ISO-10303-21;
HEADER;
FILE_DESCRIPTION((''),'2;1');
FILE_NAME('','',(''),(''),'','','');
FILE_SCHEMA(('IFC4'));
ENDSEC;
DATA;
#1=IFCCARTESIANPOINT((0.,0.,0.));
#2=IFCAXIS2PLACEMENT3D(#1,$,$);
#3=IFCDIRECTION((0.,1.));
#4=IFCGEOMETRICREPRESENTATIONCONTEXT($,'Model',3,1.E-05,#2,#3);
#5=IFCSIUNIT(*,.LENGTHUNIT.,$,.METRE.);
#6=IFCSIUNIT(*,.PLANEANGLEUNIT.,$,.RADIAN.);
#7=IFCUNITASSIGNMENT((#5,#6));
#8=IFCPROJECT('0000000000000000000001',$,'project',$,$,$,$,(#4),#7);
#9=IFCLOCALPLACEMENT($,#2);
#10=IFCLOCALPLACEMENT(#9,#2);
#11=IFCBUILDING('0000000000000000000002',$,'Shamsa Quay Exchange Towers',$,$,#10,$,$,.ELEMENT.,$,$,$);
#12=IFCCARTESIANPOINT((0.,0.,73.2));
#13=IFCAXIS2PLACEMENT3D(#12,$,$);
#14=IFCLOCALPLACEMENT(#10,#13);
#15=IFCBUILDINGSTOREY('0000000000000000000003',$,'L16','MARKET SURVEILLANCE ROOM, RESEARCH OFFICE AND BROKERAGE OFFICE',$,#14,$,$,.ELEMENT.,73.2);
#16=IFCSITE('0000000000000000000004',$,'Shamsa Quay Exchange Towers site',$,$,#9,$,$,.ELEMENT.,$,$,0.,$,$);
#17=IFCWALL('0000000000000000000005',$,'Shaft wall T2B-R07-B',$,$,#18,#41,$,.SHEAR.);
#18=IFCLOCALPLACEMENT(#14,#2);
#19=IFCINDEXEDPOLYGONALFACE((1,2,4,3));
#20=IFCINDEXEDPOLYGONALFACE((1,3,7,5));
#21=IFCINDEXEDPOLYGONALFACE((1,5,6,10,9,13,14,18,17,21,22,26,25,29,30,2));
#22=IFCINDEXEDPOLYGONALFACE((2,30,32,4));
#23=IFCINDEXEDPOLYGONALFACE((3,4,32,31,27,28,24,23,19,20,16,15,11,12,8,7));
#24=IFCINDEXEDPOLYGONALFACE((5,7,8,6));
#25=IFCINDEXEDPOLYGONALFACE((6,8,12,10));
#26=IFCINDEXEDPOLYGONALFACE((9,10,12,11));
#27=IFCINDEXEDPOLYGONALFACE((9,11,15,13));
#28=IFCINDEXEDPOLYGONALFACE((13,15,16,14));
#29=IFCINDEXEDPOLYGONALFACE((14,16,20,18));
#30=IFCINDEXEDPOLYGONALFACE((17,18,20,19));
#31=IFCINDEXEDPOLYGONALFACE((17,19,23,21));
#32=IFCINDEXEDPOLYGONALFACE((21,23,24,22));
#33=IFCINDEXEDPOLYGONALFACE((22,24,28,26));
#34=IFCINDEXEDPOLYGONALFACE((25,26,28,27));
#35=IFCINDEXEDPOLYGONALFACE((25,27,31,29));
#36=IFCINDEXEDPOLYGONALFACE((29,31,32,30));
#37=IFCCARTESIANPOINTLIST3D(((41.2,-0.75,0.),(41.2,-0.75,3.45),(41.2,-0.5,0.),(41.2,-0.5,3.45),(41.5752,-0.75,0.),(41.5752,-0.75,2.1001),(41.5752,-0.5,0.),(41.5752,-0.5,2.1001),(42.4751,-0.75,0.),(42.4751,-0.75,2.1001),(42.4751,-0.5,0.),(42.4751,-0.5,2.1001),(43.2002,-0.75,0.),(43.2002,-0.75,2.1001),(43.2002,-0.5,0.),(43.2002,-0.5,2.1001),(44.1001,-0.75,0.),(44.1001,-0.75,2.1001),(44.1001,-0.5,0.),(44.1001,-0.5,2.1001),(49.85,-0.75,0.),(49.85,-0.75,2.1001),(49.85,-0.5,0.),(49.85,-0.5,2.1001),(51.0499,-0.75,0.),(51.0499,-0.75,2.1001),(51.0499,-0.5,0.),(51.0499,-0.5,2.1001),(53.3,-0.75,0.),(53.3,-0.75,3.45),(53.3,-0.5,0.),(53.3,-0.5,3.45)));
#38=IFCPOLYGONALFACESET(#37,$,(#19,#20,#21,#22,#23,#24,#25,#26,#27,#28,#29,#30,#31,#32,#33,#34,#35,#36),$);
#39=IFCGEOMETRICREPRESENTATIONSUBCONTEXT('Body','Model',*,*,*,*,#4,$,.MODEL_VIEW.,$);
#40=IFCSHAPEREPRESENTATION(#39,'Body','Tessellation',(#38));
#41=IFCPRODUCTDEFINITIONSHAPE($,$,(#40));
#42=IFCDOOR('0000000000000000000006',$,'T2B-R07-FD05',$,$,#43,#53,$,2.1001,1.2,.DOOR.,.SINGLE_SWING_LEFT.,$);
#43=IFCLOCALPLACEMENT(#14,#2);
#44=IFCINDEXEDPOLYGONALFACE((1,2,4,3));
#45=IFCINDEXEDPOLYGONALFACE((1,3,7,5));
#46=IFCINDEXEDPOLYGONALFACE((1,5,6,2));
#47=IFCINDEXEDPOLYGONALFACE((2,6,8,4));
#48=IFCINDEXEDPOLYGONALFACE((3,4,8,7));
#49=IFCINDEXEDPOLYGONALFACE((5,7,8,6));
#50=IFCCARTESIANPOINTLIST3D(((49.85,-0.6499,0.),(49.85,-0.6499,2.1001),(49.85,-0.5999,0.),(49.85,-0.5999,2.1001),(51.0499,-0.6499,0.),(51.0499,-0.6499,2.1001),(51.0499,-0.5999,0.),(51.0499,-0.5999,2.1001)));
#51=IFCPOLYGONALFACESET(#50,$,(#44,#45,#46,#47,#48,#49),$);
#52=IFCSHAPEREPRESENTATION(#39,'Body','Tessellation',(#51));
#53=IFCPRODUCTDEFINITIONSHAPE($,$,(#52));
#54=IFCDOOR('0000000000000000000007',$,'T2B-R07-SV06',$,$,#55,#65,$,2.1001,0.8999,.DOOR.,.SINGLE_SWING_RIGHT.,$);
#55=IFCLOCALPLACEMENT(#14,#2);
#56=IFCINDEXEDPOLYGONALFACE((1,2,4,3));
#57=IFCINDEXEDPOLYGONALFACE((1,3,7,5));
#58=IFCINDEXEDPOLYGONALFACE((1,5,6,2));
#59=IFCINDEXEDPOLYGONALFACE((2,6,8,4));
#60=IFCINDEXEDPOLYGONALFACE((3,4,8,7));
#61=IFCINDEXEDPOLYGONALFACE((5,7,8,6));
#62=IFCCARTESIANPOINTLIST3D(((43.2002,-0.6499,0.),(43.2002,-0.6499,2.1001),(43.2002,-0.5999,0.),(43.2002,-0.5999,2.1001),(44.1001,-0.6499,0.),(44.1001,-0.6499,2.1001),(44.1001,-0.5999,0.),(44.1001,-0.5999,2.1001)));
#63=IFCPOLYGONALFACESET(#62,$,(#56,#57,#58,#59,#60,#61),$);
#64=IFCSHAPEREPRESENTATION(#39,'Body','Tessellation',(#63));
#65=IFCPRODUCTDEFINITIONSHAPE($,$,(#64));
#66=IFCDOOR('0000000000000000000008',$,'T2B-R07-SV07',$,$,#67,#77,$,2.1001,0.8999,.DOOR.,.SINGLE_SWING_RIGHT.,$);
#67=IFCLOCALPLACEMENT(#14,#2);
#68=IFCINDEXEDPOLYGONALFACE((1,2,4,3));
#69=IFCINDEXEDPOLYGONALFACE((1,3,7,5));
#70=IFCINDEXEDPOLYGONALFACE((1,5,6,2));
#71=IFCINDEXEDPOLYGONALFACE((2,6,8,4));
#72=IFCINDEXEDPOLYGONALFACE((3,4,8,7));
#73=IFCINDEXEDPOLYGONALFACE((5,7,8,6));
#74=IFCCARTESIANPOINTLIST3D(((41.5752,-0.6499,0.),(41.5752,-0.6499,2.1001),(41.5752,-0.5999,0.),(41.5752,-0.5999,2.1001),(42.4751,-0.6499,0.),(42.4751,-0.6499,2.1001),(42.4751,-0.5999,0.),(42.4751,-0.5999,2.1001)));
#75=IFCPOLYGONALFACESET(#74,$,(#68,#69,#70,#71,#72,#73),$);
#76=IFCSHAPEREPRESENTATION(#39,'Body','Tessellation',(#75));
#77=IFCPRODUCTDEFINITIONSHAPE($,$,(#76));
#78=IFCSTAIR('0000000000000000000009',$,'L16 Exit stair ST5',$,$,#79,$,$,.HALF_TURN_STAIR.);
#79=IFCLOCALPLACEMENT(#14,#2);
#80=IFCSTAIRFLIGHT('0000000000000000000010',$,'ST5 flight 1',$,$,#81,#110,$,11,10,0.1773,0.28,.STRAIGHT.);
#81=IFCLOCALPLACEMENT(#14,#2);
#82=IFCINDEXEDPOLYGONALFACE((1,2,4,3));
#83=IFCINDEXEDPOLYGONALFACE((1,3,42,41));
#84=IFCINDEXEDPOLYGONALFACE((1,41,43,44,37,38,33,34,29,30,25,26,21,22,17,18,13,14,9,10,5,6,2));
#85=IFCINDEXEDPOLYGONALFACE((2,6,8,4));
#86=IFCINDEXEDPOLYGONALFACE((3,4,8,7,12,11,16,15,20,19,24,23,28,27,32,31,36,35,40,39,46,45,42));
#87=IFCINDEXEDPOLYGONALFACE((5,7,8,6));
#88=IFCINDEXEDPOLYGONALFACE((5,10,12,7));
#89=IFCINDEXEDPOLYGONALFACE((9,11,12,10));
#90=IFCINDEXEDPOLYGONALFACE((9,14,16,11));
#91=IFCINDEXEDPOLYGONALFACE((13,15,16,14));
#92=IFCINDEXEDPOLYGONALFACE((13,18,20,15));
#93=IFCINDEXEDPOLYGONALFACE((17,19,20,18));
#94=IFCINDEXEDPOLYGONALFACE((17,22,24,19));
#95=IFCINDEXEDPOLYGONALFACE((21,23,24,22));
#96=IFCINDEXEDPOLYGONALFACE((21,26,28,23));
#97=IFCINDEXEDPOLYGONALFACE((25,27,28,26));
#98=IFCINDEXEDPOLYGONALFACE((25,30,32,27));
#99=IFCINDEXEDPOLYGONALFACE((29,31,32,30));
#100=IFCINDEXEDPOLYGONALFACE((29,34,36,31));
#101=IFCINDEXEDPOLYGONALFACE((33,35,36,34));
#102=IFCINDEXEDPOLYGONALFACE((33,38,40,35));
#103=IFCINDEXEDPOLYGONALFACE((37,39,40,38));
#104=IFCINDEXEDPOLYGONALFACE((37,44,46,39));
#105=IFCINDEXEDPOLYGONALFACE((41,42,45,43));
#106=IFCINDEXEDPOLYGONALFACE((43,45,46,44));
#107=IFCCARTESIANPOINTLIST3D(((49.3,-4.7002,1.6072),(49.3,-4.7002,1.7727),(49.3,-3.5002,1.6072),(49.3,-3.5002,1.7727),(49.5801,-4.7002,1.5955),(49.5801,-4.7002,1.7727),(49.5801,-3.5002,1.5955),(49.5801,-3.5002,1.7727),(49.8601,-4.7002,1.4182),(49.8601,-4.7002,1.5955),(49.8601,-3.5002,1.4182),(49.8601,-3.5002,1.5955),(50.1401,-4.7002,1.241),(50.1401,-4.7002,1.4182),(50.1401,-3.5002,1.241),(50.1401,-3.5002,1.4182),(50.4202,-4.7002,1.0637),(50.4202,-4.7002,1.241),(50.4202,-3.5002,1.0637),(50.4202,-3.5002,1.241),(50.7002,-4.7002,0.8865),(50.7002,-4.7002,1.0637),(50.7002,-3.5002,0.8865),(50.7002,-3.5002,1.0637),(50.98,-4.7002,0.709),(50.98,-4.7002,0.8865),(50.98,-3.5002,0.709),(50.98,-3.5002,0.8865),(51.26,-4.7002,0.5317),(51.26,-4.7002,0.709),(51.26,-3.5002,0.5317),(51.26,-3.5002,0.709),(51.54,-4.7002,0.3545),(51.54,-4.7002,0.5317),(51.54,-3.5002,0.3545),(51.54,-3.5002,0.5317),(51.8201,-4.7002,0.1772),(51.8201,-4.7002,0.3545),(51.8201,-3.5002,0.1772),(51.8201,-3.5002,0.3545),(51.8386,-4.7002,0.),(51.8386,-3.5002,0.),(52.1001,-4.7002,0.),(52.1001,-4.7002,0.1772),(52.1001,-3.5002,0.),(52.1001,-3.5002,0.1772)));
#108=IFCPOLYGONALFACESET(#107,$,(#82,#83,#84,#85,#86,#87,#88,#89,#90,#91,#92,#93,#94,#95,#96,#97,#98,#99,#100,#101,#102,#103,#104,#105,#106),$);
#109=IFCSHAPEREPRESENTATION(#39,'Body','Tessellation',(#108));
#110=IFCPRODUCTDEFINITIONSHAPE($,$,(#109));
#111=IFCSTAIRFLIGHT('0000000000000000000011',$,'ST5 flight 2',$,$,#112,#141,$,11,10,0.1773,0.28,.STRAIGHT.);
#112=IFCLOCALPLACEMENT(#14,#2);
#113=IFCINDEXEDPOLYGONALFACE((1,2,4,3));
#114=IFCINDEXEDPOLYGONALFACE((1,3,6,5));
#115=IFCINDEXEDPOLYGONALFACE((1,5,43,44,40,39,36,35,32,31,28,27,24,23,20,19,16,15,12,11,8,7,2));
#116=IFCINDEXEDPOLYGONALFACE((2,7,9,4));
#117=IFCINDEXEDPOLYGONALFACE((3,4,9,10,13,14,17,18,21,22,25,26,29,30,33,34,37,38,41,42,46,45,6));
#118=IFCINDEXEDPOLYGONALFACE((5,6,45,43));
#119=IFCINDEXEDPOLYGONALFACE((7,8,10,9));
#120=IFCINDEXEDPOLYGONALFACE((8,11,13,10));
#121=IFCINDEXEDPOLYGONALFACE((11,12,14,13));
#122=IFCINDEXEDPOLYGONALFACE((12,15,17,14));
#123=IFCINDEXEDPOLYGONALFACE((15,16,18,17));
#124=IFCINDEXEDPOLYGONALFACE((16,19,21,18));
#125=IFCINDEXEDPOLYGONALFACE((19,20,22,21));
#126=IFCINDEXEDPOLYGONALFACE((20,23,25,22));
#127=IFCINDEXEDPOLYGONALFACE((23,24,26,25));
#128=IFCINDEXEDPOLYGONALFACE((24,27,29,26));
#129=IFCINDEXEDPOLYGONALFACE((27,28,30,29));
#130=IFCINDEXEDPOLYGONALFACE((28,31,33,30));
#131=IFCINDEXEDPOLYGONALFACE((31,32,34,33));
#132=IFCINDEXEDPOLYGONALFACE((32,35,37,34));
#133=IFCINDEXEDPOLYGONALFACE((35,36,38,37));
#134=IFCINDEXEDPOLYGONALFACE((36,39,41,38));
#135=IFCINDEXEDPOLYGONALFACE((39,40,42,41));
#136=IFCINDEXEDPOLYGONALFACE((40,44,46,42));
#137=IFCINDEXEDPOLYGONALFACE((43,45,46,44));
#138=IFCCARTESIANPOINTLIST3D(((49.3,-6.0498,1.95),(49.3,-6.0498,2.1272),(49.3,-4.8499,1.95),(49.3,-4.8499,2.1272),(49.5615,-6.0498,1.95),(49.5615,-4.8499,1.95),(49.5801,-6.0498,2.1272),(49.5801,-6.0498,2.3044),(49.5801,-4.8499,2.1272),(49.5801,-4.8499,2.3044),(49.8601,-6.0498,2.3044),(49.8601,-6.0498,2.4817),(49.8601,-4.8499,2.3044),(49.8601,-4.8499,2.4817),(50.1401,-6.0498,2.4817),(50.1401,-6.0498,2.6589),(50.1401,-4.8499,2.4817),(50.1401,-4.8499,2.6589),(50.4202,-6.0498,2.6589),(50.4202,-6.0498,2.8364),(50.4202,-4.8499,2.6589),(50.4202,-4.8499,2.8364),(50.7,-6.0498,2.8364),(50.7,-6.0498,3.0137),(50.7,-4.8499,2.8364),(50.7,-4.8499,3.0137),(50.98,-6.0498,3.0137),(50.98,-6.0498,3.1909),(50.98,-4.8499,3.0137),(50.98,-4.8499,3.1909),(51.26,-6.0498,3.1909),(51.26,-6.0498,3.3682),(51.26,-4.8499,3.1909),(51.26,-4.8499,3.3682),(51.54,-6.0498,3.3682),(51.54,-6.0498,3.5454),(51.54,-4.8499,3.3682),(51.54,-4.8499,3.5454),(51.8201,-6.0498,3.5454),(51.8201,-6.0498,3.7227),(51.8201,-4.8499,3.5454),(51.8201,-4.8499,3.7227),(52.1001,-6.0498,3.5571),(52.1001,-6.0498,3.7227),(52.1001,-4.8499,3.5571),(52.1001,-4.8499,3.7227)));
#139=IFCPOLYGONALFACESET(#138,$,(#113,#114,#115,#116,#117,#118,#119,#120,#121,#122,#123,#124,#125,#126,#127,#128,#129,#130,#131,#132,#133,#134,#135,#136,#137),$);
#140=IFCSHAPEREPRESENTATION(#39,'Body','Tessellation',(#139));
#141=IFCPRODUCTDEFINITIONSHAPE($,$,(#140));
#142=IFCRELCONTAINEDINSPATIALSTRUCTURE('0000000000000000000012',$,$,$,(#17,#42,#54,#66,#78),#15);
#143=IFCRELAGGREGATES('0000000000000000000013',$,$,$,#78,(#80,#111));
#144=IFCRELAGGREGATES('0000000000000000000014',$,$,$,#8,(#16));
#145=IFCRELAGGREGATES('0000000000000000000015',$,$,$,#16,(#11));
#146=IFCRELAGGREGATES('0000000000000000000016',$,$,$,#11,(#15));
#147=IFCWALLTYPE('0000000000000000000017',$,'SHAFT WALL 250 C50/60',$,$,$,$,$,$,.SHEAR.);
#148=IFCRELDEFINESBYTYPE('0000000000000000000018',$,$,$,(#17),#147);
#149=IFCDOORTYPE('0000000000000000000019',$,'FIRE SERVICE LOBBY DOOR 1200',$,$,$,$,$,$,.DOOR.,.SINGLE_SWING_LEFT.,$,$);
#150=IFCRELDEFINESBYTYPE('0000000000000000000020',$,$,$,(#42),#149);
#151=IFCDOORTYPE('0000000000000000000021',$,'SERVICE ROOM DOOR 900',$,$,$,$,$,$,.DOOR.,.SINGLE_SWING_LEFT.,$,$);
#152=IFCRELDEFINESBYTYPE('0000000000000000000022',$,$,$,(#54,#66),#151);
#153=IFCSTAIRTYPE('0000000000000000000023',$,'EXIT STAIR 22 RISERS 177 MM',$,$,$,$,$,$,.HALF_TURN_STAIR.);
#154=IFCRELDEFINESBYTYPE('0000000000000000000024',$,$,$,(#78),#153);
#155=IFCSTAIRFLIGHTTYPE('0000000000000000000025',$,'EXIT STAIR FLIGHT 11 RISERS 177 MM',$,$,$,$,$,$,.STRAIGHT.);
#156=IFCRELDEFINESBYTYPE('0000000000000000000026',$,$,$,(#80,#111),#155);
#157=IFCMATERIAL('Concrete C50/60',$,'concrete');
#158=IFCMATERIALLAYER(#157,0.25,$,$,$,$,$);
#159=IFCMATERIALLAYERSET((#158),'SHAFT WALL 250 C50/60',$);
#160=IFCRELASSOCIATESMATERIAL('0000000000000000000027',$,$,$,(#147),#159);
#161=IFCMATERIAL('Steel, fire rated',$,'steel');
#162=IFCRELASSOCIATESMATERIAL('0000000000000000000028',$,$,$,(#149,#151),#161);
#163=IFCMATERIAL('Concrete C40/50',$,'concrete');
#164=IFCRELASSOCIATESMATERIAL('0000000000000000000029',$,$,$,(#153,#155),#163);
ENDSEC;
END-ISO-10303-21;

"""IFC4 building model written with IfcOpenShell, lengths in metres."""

from ifc_helpers import new_model, si_unit, direction, frame, frame_2d, origin, place, context, subcontext, project, spatial, polyline, rectangle, outline, extrude, material, layer, layer_set, type_object, element, fill, aggregate, save


model = new_model("IFC4")

# Units and contexts
model_context = context("Model", 3, precision=1e-05, world=origin(), true_north=direction((0.0, 1.0)))
body_context = subcontext(model_context, "Body", "Model", "MODEL_VIEW")
ifc_project = project(units=[si_unit("LENGTHUNIT", "METRE"), si_unit("PLANEANGLEUNIT", "RADIAN")], contexts=[model_context])

# Site, building, storey
site_placement = place(None, origin())
site = spatial("IfcSite", under=ifc_project, at=site_placement, Name="Shamsa Quay Exchange Towers site", CompositionType="ELEMENT", RefElevation=0.0)
building_placement = place(site_placement, origin())
building = spatial("IfcBuilding", under=site, at=building_placement, Name="Shamsa Quay Exchange Towers", CompositionType="ELEMENT")
storey_placement = place(building_placement, frame((0.0, 0.0, 73.2)))
storey = spatial("IfcBuildingStorey", under=building, at=storey_placement, Name="L16", Description="MARKET SURVEILLANCE ROOM, RESEARCH OFFICE AND BROKERAGE OFFICE", CompositionType="ELEMENT", Elevation=73.2)

# Shared definitions
ifc_material_1 = material(Name="Steel, fire rated", Category="steel")
ifc_material_2 = material(Name="Concrete C50/60", Category="concrete")
ifc_layer_1 = layer(ifc_material_2, 0.25)
ifc_layer_set_1 = layer_set([ifc_layer_1], Name="SHAFT WALL 250 C50/60")
wall_type_1 = type_object("IfcWallType", Name="SHAFT WALL 250 C50/60", PredefinedType="SHEAR", material=ifc_layer_set_1)

# Wall, openings, doors
wall_1_placement = place(storey_placement, frame((53.3, -0.625, 0.0), z_axis=(0.0, 0.0, 1.0), x_axis=(-1.0, 0.0, 0.0)))
wall_1 = element("IfcWall", 1, at=wall_1_placement, inside=storey, type_object=wall_type_1, Name="Shaft wall T2B-R07-B", PredefinedType="SHEAR", context=body_context, shape_type="SweptSolid", body=[
    extrude(rectangle(XDim=12.1001, YDim=0.25, at=frame_2d((6.05, 0.0))), origin(), (0.0, 0.0, 1.0), 3.45),
])
opening_1_placement = place(wall_1_placement, frame((2.25, 0.0, 0.0)))
opening_1 = element("IfcOpeningElement", 2, at=opening_1_placement, cuts=wall_1, PredefinedType="OPENING", context=body_context, shape_type="SweptSolid", body=[
    extrude(rectangle(XDim=1.2, YDim=2.1001, at=frame_2d((0.6001, 1.05))), frame((0.0, 0.135, 0.0), z_axis=(0.0, -1.0, 0.0), x_axis=(1.0, 0.0, 0.0)), (0.0, 0.0, 1.0), 0.27),
])
opening_2_placement = place(wall_1_placement, frame((9.2, 0.0, 0.0)))
opening_2 = element("IfcOpeningElement", 3, at=opening_2_placement, cuts=wall_1, PredefinedType="OPENING", context=body_context, shape_type="SweptSolid", body=[
    extrude(rectangle(XDim=0.8999, YDim=2.1001, at=frame_2d((0.45, 1.05))), frame((0.0, 0.135, 0.0), z_axis=(0.0, -1.0, 0.0), x_axis=(1.0, 0.0, 0.0)), (0.0, 0.0, 1.0), 0.27),
])
opening_3_placement = place(wall_1_placement, frame((10.825, 0.0, 0.0)))
opening_3 = element("IfcOpeningElement", 4, at=opening_3_placement, cuts=wall_1, PredefinedType="OPENING", context=body_context, shape_type="SweptSolid", body=[
    extrude(rectangle(XDim=0.8999, YDim=2.1001, at=frame_2d((0.45, 1.05))), frame((0.0, 0.135, 0.0), z_axis=(0.0, -1.0, 0.0), x_axis=(1.0, 0.0, 0.0)), (0.0, 0.0, 1.0), 0.27),
])
door_type_1 = type_object("IfcDoorType", Name="FIRE SERVICE LOBBY DOOR 1200", OperationType="SINGLE_SWING_LEFT", PredefinedType="DOOR", material=ifc_material_1)
door_1_placement = place(opening_1_placement, origin())
door_1 = element("IfcDoor", 5, at=door_1_placement, inside=storey, type_object=door_type_1, Name="T2B-R07-FD05", OperationType="SINGLE_SWING_LEFT", OverallHeight=2.1001, OverallWidth=1.2, PredefinedType="DOOR", context=body_context, shape_type="SweptSolid", body=[
    extrude(rectangle(XDim=1.2, YDim=2.1001, at=frame_2d((0.6001, 1.05))), frame((0.0, 0.0249, 0.0), z_axis=(0.0, -1.0, 0.0), x_axis=(1.0, 0.0, 0.0)), (0.0, 0.0, 1.0), 0.05),
])
fill(opening_1, door_1)
door_type_2 = type_object("IfcDoorType", Name="SERVICE ROOM DOOR 900", OperationType="SINGLE_SWING_LEFT", PredefinedType="DOOR", material=ifc_material_1)
door_2_placement = place(opening_2_placement, origin())
door_2 = element("IfcDoor", 6, at=door_2_placement, inside=storey, type_object=door_type_2, Name="T2B-R07-SV06", OperationType="SINGLE_SWING_RIGHT", OverallHeight=2.1001, OverallWidth=0.8999, PredefinedType="DOOR", context=body_context, shape_type="SweptSolid", body=[
    extrude(rectangle(XDim=0.8999, YDim=2.1001, at=frame_2d((0.45, 1.05))), frame((0.0, 0.0249, 0.0), z_axis=(0.0, -1.0, 0.0), x_axis=(1.0, 0.0, 0.0)), (0.0, 0.0, 1.0), 0.05),
])
fill(opening_2, door_2)
door_3_placement = place(opening_3_placement, origin())
door_3 = element("IfcDoor", 7, at=door_3_placement, inside=storey, type_object=door_type_2, Name="T2B-R07-SV07", OperationType="SINGLE_SWING_RIGHT", OverallHeight=2.1001, OverallWidth=0.8999, PredefinedType="DOOR", context=body_context, shape_type="SweptSolid", body=[
    extrude(rectangle(XDim=0.8999, YDim=2.1001, at=frame_2d((0.45, 1.05))), frame((0.0, 0.0249, 0.0), z_axis=(0.0, -1.0, 0.0), x_axis=(1.0, 0.0, 0.0)), (0.0, 0.0, 1.0), 0.05),
])
fill(opening_3, door_3)

# Stair, stair flights
ifc_material_3 = material(Name="Concrete C40/50", Category="concrete")
stair_type = type_object("IfcStairType", Name="EXIT STAIR 22 RISERS 177 MM", PredefinedType="HALF_TURN_STAIR", material=ifc_material_3)
stair_placement = place(storey_placement, origin())
stair = element("IfcStair", 8, at=stair_placement, inside=storey, type_object=stair_type, Name="L16 Exit stair ST5", PredefinedType="HALF_TURN_STAIR")
stair_flight_type = type_object("IfcStairFlightType", Name="EXIT STAIR FLIGHT 11 RISERS 177 MM", PredefinedType="STRAIGHT", material=ifc_material_3)
stair_flight_1_placement = place(storey_placement, frame((52.1001, -4.1001, 0.0), z_axis=(0.0, 0.0, 1.0), x_axis=(-1.0, 0.0, 0.0)))
stair_flight_1 = element("IfcStairFlight", 9, at=stair_flight_1_placement, type_object=stair_flight_type, Name="ST5 flight 1", NumberOfRisers=11, NumberOfTreads=10, PredefinedType="STRAIGHT", RiserHeight=0.1773, TreadLength=0.28, context=body_context, shape_type="SweptSolid", body=[
    extrude(outline(polyline([(0.0, 0.0), (0.0, 0.1772), (0.28, 0.1772), (0.28, 0.3545), (0.5601, 0.3545), (0.5601, 0.5317), (0.8401, 0.5317), (0.8401, 0.709), (1.1201, 0.709), (1.1201, 0.8865), (1.3999, 0.8865), (1.3999, 1.0637), (1.6799, 1.0637), (1.6799, 1.241), (1.96, 1.241), (1.96, 1.4182), (2.24, 1.4182), (2.24, 1.5955), (2.52, 1.5955), (2.52, 1.7727), (2.8, 1.7727), (2.8, 1.95), (2.8, 1.6072), (0.2615, 0.0), (0.0, 0.0)])), frame((0.0, 0.6001, 0.0), z_axis=(0.0, -1.0, 0.0), x_axis=(1.0, 0.0, 0.0)), (0.0, 0.0, 1.0), 1.2),
])
stair_flight_2_placement = place(storey_placement, frame((49.3, -5.45, 1.95)))
stair_flight_2 = element("IfcStairFlight", 10, at=stair_flight_2_placement, type_object=stair_flight_type, Name="ST5 flight 2", NumberOfRisers=11, NumberOfTreads=10, PredefinedType="STRAIGHT", RiserHeight=0.1773, TreadLength=0.28, context=body_context, shape_type="SweptSolid", body=[
    extrude(outline(polyline([(0.0, 0.0), (0.0, 0.1772), (0.28, 0.1772), (0.28, 0.3545), (0.5601, 0.3545), (0.5601, 0.5317), (0.8401, 0.5317), (0.8401, 0.709), (1.1201, 0.709), (1.1201, 0.8865), (1.3999, 0.8865), (1.3999, 1.0637), (1.6799, 1.0637), (1.6799, 1.241), (1.96, 1.241), (1.96, 1.4182), (2.24, 1.4182), (2.24, 1.5955), (2.52, 1.5955), (2.52, 1.7727), (2.8, 1.7727), (2.8, 1.95), (2.8, 1.6072), (0.2615, 0.0), (0.0, 0.0)])), frame((0.0, 0.6001, 0.0), z_axis=(0.0, -1.0, 0.0), x_axis=(1.0, 0.0, 0.0)), (0.0, 0.0, 1.0), 1.2),
])
aggregate(stair, [stair_flight_1, stair_flight_2])

save(model, "model.ifc")
